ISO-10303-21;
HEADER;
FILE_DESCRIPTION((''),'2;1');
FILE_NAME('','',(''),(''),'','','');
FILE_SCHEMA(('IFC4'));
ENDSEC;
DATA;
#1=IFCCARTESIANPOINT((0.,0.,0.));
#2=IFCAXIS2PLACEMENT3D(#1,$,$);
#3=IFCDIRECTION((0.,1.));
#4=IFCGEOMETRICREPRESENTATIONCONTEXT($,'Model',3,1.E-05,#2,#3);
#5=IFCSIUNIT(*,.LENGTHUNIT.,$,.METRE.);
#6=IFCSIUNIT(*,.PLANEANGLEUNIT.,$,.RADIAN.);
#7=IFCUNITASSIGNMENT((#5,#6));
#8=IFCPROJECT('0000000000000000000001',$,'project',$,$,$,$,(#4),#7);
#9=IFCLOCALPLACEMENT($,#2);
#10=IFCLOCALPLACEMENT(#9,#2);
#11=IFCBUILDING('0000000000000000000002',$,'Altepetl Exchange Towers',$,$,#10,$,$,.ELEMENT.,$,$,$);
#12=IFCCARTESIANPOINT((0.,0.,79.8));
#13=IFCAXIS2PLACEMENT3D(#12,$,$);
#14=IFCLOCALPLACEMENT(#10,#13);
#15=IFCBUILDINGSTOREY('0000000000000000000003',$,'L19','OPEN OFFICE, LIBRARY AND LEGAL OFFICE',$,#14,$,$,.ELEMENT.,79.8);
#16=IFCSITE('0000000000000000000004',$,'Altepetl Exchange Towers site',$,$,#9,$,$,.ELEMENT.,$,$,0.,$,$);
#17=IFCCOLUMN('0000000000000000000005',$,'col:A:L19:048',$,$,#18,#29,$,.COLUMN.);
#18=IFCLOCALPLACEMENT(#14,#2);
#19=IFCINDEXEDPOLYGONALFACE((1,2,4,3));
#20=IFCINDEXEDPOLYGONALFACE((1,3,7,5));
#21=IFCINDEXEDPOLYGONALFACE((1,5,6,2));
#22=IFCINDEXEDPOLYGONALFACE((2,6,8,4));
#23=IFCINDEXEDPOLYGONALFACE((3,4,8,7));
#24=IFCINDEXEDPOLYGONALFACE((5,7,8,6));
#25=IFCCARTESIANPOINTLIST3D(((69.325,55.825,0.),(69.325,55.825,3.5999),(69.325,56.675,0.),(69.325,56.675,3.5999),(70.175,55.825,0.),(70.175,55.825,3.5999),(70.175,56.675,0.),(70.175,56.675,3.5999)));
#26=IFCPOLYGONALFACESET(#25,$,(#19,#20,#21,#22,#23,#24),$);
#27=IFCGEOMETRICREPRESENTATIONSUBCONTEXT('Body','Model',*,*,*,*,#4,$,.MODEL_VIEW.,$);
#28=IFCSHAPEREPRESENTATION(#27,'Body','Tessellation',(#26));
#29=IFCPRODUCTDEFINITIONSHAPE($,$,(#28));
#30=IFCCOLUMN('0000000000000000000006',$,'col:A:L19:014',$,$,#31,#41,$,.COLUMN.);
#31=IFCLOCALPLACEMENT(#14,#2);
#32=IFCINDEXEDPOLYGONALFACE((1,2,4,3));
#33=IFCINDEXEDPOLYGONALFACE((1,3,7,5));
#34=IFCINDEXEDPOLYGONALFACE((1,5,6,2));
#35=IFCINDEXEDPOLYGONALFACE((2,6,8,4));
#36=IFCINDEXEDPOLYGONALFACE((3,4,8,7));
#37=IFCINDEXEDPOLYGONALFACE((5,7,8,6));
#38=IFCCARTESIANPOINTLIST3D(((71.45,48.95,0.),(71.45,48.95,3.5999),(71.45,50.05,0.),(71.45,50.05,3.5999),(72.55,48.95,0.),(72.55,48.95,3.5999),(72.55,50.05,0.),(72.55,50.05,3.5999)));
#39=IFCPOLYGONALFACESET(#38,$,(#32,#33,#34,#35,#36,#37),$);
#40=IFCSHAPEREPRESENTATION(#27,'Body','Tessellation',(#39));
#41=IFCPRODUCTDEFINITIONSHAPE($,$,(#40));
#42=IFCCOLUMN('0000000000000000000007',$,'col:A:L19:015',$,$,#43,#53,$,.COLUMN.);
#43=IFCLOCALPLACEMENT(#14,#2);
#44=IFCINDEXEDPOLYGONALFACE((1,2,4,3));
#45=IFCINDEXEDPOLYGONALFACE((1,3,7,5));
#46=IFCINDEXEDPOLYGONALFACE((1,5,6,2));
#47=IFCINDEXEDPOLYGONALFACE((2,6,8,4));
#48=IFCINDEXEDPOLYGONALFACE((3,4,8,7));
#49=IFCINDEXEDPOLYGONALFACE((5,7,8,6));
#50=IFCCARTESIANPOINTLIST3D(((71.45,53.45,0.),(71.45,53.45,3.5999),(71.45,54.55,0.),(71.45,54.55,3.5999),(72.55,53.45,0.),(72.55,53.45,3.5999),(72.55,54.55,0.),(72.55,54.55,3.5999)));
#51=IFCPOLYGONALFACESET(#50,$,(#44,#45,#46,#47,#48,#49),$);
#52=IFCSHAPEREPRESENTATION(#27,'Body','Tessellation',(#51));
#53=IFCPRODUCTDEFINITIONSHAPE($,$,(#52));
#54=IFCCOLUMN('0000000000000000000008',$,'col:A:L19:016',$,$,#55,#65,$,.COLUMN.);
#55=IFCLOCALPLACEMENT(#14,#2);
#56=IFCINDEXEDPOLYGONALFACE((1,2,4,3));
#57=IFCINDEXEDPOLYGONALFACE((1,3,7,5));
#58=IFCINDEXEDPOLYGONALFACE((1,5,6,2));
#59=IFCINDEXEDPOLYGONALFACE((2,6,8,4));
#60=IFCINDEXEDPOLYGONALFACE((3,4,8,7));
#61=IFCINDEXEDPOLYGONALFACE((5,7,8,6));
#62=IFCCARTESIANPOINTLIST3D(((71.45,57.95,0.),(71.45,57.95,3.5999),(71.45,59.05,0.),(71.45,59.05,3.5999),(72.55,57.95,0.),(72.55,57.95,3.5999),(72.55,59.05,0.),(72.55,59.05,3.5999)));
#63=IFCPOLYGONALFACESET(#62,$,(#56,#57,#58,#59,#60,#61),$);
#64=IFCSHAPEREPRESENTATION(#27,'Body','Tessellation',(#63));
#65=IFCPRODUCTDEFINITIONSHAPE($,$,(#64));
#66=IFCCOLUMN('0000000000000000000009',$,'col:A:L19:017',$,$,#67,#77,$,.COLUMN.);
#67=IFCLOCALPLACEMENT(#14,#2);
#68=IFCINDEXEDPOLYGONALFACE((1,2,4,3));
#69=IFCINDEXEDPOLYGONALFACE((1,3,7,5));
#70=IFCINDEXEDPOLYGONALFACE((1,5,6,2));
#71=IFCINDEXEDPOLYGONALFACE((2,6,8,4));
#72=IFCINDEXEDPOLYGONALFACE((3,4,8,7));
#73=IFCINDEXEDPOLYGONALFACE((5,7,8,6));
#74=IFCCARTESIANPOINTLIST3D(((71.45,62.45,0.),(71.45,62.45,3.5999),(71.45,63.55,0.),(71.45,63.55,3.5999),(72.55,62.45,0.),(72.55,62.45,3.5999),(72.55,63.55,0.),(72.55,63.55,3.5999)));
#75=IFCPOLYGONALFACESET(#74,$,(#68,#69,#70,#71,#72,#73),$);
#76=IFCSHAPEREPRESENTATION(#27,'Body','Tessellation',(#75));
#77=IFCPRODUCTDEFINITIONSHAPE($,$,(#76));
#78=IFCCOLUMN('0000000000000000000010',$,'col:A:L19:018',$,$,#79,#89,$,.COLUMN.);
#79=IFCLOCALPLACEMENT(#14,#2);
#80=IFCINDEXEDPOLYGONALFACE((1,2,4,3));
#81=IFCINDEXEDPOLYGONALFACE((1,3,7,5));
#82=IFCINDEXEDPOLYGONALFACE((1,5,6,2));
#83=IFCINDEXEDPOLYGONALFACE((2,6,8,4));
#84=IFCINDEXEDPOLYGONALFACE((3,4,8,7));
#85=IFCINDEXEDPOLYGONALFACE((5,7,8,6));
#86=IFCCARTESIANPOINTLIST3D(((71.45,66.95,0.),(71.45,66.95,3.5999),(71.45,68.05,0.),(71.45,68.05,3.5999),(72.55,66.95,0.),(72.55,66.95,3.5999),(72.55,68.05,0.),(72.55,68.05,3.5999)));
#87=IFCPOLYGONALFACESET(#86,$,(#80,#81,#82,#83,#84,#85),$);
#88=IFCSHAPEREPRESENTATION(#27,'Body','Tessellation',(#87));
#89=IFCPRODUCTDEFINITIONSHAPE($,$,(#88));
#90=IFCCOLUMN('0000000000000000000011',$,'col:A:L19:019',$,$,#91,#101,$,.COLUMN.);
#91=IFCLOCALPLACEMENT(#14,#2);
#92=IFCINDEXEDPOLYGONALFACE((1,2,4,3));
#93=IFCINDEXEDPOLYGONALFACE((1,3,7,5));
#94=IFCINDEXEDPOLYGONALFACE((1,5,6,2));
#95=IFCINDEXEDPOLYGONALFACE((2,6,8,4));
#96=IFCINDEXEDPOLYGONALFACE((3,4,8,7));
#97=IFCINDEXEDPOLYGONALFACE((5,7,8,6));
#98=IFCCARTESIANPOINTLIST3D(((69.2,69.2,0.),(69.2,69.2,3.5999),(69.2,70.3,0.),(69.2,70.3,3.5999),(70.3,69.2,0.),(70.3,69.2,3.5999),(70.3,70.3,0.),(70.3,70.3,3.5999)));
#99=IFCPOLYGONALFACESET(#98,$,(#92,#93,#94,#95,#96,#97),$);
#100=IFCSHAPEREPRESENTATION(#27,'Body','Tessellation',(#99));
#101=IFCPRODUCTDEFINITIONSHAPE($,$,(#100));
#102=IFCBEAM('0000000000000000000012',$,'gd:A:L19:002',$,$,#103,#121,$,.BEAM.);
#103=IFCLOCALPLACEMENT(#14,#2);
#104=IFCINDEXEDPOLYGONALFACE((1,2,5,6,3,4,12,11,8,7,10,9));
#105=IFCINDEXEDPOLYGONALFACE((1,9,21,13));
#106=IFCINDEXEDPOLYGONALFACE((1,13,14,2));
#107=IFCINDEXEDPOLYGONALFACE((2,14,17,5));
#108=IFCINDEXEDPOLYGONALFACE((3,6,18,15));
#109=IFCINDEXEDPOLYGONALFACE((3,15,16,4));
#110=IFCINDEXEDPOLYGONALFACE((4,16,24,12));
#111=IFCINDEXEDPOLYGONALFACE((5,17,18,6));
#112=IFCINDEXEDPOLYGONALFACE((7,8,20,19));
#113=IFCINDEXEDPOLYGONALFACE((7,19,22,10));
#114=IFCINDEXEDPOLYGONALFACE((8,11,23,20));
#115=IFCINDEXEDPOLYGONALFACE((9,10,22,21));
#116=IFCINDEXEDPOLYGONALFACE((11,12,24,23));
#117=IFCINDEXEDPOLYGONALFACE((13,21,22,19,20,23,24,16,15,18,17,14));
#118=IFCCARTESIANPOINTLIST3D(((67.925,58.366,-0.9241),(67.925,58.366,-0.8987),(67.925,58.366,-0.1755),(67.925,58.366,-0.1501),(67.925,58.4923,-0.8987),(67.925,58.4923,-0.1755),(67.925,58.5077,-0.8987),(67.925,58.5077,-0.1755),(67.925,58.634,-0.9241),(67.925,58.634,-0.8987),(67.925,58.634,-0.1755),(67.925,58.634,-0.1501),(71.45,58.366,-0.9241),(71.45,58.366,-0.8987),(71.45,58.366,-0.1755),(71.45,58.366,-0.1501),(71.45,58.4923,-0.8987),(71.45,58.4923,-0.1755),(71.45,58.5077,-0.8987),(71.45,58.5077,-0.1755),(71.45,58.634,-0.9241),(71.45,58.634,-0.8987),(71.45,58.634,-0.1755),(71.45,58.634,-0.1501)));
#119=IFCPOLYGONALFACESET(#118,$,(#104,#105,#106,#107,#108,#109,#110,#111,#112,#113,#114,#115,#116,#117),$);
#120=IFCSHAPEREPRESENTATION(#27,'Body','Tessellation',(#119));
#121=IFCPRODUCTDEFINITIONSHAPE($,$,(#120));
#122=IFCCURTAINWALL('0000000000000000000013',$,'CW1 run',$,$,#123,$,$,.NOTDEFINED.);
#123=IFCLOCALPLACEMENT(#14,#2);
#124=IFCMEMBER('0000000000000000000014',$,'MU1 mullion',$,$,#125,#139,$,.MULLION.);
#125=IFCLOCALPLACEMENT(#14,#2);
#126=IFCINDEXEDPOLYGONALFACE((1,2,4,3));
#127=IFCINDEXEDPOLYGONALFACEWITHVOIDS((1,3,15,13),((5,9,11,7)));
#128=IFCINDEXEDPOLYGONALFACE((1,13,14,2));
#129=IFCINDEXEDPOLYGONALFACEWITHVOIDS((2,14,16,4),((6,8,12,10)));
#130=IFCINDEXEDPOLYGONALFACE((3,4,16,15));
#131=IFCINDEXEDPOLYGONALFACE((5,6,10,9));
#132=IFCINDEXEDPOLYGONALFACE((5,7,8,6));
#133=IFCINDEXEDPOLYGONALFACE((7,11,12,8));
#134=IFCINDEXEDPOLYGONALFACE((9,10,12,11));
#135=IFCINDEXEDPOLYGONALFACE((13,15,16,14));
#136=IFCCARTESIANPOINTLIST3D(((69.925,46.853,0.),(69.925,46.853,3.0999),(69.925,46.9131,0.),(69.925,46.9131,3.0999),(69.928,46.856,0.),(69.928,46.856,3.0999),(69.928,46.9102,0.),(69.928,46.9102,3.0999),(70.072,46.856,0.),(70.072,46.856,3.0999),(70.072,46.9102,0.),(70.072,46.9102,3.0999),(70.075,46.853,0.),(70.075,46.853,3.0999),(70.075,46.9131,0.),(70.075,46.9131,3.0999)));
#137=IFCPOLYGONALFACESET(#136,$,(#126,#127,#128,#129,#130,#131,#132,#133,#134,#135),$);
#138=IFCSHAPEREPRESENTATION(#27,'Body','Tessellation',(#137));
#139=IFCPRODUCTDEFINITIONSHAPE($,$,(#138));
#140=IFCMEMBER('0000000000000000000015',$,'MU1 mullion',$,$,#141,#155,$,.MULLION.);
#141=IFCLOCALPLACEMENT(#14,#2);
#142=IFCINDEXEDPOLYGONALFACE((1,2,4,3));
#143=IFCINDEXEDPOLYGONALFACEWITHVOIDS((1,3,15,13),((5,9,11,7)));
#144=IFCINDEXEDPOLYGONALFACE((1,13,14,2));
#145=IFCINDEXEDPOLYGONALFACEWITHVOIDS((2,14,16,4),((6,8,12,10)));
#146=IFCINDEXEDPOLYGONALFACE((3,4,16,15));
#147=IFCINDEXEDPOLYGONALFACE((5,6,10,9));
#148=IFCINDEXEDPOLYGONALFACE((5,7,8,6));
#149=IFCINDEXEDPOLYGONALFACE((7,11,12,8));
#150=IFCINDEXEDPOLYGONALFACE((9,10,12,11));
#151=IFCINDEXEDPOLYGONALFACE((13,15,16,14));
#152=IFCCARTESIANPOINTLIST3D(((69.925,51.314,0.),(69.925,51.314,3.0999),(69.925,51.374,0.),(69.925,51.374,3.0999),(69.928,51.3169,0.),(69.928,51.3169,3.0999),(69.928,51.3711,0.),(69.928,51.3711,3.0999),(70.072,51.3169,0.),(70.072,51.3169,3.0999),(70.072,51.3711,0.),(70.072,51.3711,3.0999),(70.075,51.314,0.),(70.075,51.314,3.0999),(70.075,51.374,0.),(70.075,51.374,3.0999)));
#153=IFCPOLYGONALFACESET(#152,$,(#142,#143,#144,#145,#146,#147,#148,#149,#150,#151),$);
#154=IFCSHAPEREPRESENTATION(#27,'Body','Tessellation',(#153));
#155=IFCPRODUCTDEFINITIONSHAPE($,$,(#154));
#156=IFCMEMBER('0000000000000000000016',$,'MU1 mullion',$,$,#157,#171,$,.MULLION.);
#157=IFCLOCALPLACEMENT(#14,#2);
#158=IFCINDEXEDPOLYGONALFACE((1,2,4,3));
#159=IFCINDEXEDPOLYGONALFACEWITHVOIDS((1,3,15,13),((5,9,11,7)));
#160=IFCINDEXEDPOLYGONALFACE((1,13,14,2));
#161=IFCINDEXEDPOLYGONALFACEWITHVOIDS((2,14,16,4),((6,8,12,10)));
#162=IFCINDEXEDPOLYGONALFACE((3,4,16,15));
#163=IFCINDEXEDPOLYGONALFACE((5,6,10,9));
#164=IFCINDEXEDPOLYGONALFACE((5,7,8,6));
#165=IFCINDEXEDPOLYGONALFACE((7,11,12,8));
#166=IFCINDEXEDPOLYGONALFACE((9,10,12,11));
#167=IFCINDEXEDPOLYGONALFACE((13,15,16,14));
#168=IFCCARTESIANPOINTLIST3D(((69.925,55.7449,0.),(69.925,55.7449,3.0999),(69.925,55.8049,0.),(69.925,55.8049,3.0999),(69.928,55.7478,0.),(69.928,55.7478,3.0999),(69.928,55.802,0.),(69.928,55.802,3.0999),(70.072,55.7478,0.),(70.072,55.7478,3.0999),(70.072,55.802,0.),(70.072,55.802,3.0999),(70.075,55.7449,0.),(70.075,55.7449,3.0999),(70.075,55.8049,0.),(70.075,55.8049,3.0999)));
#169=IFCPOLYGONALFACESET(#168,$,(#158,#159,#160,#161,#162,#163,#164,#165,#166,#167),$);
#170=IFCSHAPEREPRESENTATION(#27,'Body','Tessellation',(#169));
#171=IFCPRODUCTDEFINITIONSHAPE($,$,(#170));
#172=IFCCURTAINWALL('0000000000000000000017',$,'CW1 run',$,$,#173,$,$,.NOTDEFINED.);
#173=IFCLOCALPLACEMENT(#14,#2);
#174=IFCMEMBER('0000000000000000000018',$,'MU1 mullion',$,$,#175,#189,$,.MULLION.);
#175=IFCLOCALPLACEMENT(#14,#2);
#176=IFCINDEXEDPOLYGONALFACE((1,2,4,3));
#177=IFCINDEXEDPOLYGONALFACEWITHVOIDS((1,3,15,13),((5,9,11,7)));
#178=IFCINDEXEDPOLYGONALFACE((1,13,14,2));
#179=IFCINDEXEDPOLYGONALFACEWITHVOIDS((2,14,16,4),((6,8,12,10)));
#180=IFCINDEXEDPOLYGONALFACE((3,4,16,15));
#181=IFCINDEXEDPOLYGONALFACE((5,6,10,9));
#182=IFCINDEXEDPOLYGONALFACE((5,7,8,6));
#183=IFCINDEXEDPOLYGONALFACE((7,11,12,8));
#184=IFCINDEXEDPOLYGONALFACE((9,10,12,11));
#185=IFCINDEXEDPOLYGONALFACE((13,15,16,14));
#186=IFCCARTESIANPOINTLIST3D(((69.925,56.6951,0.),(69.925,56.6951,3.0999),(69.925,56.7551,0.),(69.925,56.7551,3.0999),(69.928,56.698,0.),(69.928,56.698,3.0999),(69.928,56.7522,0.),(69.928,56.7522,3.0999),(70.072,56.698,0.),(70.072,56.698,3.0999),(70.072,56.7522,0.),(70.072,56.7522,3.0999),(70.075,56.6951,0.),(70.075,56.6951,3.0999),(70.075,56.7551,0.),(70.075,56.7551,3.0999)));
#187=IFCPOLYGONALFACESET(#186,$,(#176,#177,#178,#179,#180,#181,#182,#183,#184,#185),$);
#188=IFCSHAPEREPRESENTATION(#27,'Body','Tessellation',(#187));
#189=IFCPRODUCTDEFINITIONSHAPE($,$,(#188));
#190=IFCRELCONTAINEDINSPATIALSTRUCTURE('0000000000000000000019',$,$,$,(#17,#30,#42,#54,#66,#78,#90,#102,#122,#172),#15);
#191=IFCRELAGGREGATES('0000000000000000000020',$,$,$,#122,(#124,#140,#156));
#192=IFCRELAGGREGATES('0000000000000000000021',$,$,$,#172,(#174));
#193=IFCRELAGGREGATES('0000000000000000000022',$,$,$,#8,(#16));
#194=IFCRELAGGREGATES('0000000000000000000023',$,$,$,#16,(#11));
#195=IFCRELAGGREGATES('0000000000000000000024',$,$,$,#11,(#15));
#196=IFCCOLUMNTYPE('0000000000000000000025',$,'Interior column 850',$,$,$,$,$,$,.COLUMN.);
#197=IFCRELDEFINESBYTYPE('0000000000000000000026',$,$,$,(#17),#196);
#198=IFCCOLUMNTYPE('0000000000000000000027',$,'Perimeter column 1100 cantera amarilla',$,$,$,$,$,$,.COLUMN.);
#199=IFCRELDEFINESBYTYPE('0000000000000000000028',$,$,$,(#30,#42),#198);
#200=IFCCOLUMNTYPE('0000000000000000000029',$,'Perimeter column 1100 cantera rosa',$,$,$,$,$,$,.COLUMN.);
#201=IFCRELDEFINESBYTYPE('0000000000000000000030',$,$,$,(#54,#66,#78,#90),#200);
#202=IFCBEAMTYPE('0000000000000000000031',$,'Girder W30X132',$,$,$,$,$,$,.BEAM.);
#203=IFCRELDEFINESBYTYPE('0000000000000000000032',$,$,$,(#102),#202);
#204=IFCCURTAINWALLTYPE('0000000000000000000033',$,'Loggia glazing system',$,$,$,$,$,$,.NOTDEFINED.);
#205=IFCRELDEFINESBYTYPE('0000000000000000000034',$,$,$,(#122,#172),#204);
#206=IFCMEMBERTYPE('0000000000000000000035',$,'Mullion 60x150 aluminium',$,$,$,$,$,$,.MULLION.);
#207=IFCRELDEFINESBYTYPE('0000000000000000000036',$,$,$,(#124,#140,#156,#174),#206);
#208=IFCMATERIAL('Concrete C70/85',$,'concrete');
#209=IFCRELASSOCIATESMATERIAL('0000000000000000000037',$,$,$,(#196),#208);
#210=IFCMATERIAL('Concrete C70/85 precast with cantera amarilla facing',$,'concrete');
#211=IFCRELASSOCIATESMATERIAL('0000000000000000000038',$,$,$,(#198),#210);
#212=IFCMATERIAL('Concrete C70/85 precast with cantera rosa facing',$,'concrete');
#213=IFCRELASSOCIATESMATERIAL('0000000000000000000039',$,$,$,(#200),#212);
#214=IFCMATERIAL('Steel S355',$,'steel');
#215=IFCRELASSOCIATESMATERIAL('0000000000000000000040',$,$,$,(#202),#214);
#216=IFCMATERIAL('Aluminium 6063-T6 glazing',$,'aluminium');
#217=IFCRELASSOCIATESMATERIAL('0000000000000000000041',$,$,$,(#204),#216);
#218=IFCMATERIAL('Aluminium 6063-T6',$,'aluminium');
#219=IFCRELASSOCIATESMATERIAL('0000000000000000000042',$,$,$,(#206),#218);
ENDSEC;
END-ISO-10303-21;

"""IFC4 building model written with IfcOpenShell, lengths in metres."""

from ifc_helpers import new_model, si_unit, direction, frame, origin, origin_2d, place, context, subcontext, project, spatial, rectangle, hollow_rectangle, i_section, extrude, material, material_profile, profile_set, type_object, element, aggregate, save


model = new_model("IFC4")

# Units and contexts
model_context = context("Model", 3, precision=1e-05, world=origin(), true_north=direction((0.0, 1.0)))
body_context = subcontext(model_context, "Body", "Model", "MODEL_VIEW")
ifc_project = project(units=[si_unit("LENGTHUNIT", "METRE"), si_unit("PLANEANGLEUNIT", "RADIAN")], contexts=[model_context])

# Site, building, storey
site_placement = place(None, origin())
site = spatial("IfcSite", under=ifc_project, at=site_placement, Name="Altepetl Exchange Towers site", CompositionType="ELEMENT", RefElevation=0.0)
building_placement = place(site_placement, origin())
building = spatial("IfcBuilding", under=site, at=building_placement, Name="Altepetl Exchange Towers", CompositionType="ELEMENT")
storey_placement = place(building_placement, frame((0.0, 0.0, 79.8)))
storey = spatial("IfcBuildingStorey", under=building, at=storey_placement, Name="L19", Description="OPEN OFFICE, LIBRARY AND LEGAL OFFICE", CompositionType="ELEMENT", Elevation=79.8)

# Columns
ifc_material_1 = material(Name="Concrete C70/85", Category="concrete")
ifc_material_profile_1 = material_profile(ifc_material_1, rectangle(XDim=0.8501, YDim=0.8501, at=origin_2d()), Name="850 x 850")
ifc_profile_set_1 = profile_set([ifc_material_profile_1], Name="Concrete C70/85")
column_type_1 = type_object("IfcColumnType", Name="Interior column 850", PredefinedType="COLUMN", material=ifc_profile_set_1)
column_placement = place(storey_placement, frame((69.75, 56.25, 0.0)))
element("IfcColumn", 1, at=column_placement, inside=storey, type_object=column_type_1, Name="col:A:L19:048", PredefinedType="COLUMN", context=body_context, shape_type="SweptSolid", body=[
    extrude(rectangle(XDim=0.8501, YDim=0.8501, at=origin_2d()), origin(), (0.0, 0.0, 1.0), 3.5999),
])
ifc_material_2 = material(Name="Concrete C70/85 precast with cantera amarilla facing", Category="concrete")
ifc_material_profile_2 = material_profile(ifc_material_2, rectangle(XDim=1.1001, YDim=1.1001, at=origin_2d()), Name="1100 x 1100")
ifc_profile_set_2 = profile_set([ifc_material_profile_2], Name="Concrete C70/85 precast with cantera amarilla facing")
column_type_2 = type_object("IfcColumnType", Name="Perimeter column 1100 cantera amarilla", PredefinedType="COLUMN", material=ifc_profile_set_2)
for number, where, name in (
    (2, (72.0, 49.5, 0.0), "col:A:L19:014"),
    (3, (72.0, 54.0, 0.0), "col:A:L19:015"),
):
    element("IfcColumn", number, at=place(storey_placement, frame(where)), inside=storey, type_object=column_type_2, Name=name, PredefinedType="COLUMN", context=body_context, shape_type="SweptSolid", body=[
        extrude(rectangle(XDim=1.1001, YDim=1.1001, at=origin_2d()), origin(), (0.0, 0.0, 1.0), 3.5999),
    ])
ifc_material_3 = material(Name="Concrete C70/85 precast with cantera rosa facing", Category="concrete")
ifc_material_profile_3 = material_profile(ifc_material_3, rectangle(XDim=1.1001, YDim=1.1001, at=origin_2d()), Name="1100 x 1100")
ifc_profile_set_3 = profile_set([ifc_material_profile_3], Name="Concrete C70/85 precast with cantera rosa facing")
column_type_3 = type_object("IfcColumnType", Name="Perimeter column 1100 cantera rosa", PredefinedType="COLUMN", material=ifc_profile_set_3)
for number, where, name in (
    (4, (72.0, 58.5, 0.0), "col:A:L19:016"),
    (5, (72.0, 63.0, 0.0), "col:A:L19:017"),
    (6, (72.0, 67.5, 0.0), "col:A:L19:018"),
    (7, (69.75, 69.75, 0.0), "col:A:L19:019"),
):
    element("IfcColumn", number, at=place(storey_placement, frame(where)), inside=storey, type_object=column_type_3, Name=name, PredefinedType="COLUMN", context=body_context, shape_type="SweptSolid", body=[
        extrude(rectangle(XDim=1.1001, YDim=1.1001, at=origin_2d()), origin(), (0.0, 0.0, 1.0), 3.5999),
    ])

# Beam
ifc_material_4 = material(Name="Steel S355", Category="steel")
ifc_material_profile_4 = material_profile(ifc_material_4, i_section(OverallWidth=0.2681, OverallDepth=0.7739, WebThickness=0.0154, FlangeThickness=0.0254, at=origin_2d()), Name="W30X132")
ifc_profile_set_4 = profile_set([ifc_material_profile_4], Name="Steel S355")
beam_type_1 = type_object("IfcBeamType", Name="Girder W30X132", PredefinedType="BEAM", material=ifc_profile_set_4)
beam_1_placement = place(storey_placement, frame((67.925, 58.5, -0.5371), z_axis=(1.0, 0.0, 0.0), x_axis=(0.0, 1.0, 0.0)))
element("IfcBeam", 8, at=beam_1_placement, inside=storey, type_object=beam_type_1, Name="gd:A:L19:002", PredefinedType="BEAM", context=body_context, shape_type="SweptSolid", body=[
    extrude(i_section(OverallWidth=0.2681, OverallDepth=0.7739, WebThickness=0.0154, FlangeThickness=0.0254, at=origin_2d()), origin(), (0.0, 0.0, 1.0), 3.5249),
])

# Curtain walls, members
ifc_material_5 = material(Name="Aluminium 6063-T6 glazing", Category="aluminium")
curtain_wall_type = type_object("IfcCurtainWallType", Name="Loggia glazing system", PredefinedType="NOTDEFINED", material=ifc_material_5)
curtain_wall_1_placement = place(storey_placement, origin())
curtain_wall_1 = element("IfcCurtainWall", 9, at=curtain_wall_1_placement, inside=storey, type_object=curtain_wall_type, Name="CW1 run", PredefinedType="NOTDEFINED")
ifc_material_6 = material(Name="Aluminium 6063-T6", Category="aluminium")
ifc_material_profile_5 = material_profile(ifc_material_6, hollow_rectangle(XDim=0.0601, YDim=0.1499, WallThickness=0.0029, at=origin_2d()), Name="Mullion 60x150 aluminium")
ifc_profile_set_5 = profile_set([ifc_material_profile_5], Name="Aluminium 6063-T6")
member_type = type_object("IfcMemberType", Name="Mullion 60x150 aluminium", PredefinedType="MULLION", material=ifc_profile_set_5)
member_1_placement = place(storey_placement, frame((70.0, 46.8831, 0.0), z_axis=(0.0, 0.0, 1.0), x_axis=(0.0, 1.0, 0.0)))
member_1 = element("IfcMember", 10, at=member_1_placement, type_object=member_type, Name="MU1 mullion", PredefinedType="MULLION", context=body_context, shape_type="SweptSolid", body=[
    extrude(hollow_rectangle(XDim=0.0601, YDim=0.1499, WallThickness=0.0029, at=origin_2d()), origin(), (0.0, 0.0, 1.0), 3.0999),
])
member_2_placement = place(storey_placement, frame((70.0, 51.344, 0.0), z_axis=(0.0, 0.0, 1.0), x_axis=(0.0, 1.0, 0.0)))
member_2 = element("IfcMember", 11, at=member_2_placement, type_object=member_type, Name="MU1 mullion", PredefinedType="MULLION", context=body_context, shape_type="SweptSolid", body=[
    extrude(hollow_rectangle(XDim=0.0601, YDim=0.1499, WallThickness=0.0029, at=origin_2d()), origin(), (0.0, 0.0, 1.0), 3.0999),
])
member_3_placement = place(storey_placement, frame((70.0, 55.7749, 0.0), z_axis=(0.0, 0.0, 1.0), x_axis=(0.0, 1.0, 0.0)))
member_3 = element("IfcMember", 12, at=member_3_placement, type_object=member_type, Name="MU1 mullion", PredefinedType="MULLION", context=body_context, shape_type="SweptSolid", body=[
    extrude(hollow_rectangle(XDim=0.0601, YDim=0.1499, WallThickness=0.0029, at=origin_2d()), origin(), (0.0, 0.0, 1.0), 3.0999),
])
curtain_wall_2_placement = place(storey_placement, origin())
curtain_wall_2 = element("IfcCurtainWall", 13, at=curtain_wall_2_placement, inside=storey, type_object=curtain_wall_type, Name="CW1 run", PredefinedType="NOTDEFINED")
member_4_placement = place(storey_placement, frame((70.0, 56.7251, 0.0), z_axis=(0.0, 0.0, 1.0), x_axis=(0.0, 1.0, 0.0)))
member_4 = element("IfcMember", 14, at=member_4_placement, type_object=member_type, Name="MU1 mullion", PredefinedType="MULLION", context=body_context, shape_type="SweptSolid", body=[
    extrude(hollow_rectangle(XDim=0.0601, YDim=0.1499, WallThickness=0.0029, at=origin_2d()), origin(), (0.0, 0.0, 1.0), 3.0999),
])

aggregate(curtain_wall_1, [member_1, member_2, member_3])
aggregate(curtain_wall_2, [member_4])

save(model, "model.ifc")
